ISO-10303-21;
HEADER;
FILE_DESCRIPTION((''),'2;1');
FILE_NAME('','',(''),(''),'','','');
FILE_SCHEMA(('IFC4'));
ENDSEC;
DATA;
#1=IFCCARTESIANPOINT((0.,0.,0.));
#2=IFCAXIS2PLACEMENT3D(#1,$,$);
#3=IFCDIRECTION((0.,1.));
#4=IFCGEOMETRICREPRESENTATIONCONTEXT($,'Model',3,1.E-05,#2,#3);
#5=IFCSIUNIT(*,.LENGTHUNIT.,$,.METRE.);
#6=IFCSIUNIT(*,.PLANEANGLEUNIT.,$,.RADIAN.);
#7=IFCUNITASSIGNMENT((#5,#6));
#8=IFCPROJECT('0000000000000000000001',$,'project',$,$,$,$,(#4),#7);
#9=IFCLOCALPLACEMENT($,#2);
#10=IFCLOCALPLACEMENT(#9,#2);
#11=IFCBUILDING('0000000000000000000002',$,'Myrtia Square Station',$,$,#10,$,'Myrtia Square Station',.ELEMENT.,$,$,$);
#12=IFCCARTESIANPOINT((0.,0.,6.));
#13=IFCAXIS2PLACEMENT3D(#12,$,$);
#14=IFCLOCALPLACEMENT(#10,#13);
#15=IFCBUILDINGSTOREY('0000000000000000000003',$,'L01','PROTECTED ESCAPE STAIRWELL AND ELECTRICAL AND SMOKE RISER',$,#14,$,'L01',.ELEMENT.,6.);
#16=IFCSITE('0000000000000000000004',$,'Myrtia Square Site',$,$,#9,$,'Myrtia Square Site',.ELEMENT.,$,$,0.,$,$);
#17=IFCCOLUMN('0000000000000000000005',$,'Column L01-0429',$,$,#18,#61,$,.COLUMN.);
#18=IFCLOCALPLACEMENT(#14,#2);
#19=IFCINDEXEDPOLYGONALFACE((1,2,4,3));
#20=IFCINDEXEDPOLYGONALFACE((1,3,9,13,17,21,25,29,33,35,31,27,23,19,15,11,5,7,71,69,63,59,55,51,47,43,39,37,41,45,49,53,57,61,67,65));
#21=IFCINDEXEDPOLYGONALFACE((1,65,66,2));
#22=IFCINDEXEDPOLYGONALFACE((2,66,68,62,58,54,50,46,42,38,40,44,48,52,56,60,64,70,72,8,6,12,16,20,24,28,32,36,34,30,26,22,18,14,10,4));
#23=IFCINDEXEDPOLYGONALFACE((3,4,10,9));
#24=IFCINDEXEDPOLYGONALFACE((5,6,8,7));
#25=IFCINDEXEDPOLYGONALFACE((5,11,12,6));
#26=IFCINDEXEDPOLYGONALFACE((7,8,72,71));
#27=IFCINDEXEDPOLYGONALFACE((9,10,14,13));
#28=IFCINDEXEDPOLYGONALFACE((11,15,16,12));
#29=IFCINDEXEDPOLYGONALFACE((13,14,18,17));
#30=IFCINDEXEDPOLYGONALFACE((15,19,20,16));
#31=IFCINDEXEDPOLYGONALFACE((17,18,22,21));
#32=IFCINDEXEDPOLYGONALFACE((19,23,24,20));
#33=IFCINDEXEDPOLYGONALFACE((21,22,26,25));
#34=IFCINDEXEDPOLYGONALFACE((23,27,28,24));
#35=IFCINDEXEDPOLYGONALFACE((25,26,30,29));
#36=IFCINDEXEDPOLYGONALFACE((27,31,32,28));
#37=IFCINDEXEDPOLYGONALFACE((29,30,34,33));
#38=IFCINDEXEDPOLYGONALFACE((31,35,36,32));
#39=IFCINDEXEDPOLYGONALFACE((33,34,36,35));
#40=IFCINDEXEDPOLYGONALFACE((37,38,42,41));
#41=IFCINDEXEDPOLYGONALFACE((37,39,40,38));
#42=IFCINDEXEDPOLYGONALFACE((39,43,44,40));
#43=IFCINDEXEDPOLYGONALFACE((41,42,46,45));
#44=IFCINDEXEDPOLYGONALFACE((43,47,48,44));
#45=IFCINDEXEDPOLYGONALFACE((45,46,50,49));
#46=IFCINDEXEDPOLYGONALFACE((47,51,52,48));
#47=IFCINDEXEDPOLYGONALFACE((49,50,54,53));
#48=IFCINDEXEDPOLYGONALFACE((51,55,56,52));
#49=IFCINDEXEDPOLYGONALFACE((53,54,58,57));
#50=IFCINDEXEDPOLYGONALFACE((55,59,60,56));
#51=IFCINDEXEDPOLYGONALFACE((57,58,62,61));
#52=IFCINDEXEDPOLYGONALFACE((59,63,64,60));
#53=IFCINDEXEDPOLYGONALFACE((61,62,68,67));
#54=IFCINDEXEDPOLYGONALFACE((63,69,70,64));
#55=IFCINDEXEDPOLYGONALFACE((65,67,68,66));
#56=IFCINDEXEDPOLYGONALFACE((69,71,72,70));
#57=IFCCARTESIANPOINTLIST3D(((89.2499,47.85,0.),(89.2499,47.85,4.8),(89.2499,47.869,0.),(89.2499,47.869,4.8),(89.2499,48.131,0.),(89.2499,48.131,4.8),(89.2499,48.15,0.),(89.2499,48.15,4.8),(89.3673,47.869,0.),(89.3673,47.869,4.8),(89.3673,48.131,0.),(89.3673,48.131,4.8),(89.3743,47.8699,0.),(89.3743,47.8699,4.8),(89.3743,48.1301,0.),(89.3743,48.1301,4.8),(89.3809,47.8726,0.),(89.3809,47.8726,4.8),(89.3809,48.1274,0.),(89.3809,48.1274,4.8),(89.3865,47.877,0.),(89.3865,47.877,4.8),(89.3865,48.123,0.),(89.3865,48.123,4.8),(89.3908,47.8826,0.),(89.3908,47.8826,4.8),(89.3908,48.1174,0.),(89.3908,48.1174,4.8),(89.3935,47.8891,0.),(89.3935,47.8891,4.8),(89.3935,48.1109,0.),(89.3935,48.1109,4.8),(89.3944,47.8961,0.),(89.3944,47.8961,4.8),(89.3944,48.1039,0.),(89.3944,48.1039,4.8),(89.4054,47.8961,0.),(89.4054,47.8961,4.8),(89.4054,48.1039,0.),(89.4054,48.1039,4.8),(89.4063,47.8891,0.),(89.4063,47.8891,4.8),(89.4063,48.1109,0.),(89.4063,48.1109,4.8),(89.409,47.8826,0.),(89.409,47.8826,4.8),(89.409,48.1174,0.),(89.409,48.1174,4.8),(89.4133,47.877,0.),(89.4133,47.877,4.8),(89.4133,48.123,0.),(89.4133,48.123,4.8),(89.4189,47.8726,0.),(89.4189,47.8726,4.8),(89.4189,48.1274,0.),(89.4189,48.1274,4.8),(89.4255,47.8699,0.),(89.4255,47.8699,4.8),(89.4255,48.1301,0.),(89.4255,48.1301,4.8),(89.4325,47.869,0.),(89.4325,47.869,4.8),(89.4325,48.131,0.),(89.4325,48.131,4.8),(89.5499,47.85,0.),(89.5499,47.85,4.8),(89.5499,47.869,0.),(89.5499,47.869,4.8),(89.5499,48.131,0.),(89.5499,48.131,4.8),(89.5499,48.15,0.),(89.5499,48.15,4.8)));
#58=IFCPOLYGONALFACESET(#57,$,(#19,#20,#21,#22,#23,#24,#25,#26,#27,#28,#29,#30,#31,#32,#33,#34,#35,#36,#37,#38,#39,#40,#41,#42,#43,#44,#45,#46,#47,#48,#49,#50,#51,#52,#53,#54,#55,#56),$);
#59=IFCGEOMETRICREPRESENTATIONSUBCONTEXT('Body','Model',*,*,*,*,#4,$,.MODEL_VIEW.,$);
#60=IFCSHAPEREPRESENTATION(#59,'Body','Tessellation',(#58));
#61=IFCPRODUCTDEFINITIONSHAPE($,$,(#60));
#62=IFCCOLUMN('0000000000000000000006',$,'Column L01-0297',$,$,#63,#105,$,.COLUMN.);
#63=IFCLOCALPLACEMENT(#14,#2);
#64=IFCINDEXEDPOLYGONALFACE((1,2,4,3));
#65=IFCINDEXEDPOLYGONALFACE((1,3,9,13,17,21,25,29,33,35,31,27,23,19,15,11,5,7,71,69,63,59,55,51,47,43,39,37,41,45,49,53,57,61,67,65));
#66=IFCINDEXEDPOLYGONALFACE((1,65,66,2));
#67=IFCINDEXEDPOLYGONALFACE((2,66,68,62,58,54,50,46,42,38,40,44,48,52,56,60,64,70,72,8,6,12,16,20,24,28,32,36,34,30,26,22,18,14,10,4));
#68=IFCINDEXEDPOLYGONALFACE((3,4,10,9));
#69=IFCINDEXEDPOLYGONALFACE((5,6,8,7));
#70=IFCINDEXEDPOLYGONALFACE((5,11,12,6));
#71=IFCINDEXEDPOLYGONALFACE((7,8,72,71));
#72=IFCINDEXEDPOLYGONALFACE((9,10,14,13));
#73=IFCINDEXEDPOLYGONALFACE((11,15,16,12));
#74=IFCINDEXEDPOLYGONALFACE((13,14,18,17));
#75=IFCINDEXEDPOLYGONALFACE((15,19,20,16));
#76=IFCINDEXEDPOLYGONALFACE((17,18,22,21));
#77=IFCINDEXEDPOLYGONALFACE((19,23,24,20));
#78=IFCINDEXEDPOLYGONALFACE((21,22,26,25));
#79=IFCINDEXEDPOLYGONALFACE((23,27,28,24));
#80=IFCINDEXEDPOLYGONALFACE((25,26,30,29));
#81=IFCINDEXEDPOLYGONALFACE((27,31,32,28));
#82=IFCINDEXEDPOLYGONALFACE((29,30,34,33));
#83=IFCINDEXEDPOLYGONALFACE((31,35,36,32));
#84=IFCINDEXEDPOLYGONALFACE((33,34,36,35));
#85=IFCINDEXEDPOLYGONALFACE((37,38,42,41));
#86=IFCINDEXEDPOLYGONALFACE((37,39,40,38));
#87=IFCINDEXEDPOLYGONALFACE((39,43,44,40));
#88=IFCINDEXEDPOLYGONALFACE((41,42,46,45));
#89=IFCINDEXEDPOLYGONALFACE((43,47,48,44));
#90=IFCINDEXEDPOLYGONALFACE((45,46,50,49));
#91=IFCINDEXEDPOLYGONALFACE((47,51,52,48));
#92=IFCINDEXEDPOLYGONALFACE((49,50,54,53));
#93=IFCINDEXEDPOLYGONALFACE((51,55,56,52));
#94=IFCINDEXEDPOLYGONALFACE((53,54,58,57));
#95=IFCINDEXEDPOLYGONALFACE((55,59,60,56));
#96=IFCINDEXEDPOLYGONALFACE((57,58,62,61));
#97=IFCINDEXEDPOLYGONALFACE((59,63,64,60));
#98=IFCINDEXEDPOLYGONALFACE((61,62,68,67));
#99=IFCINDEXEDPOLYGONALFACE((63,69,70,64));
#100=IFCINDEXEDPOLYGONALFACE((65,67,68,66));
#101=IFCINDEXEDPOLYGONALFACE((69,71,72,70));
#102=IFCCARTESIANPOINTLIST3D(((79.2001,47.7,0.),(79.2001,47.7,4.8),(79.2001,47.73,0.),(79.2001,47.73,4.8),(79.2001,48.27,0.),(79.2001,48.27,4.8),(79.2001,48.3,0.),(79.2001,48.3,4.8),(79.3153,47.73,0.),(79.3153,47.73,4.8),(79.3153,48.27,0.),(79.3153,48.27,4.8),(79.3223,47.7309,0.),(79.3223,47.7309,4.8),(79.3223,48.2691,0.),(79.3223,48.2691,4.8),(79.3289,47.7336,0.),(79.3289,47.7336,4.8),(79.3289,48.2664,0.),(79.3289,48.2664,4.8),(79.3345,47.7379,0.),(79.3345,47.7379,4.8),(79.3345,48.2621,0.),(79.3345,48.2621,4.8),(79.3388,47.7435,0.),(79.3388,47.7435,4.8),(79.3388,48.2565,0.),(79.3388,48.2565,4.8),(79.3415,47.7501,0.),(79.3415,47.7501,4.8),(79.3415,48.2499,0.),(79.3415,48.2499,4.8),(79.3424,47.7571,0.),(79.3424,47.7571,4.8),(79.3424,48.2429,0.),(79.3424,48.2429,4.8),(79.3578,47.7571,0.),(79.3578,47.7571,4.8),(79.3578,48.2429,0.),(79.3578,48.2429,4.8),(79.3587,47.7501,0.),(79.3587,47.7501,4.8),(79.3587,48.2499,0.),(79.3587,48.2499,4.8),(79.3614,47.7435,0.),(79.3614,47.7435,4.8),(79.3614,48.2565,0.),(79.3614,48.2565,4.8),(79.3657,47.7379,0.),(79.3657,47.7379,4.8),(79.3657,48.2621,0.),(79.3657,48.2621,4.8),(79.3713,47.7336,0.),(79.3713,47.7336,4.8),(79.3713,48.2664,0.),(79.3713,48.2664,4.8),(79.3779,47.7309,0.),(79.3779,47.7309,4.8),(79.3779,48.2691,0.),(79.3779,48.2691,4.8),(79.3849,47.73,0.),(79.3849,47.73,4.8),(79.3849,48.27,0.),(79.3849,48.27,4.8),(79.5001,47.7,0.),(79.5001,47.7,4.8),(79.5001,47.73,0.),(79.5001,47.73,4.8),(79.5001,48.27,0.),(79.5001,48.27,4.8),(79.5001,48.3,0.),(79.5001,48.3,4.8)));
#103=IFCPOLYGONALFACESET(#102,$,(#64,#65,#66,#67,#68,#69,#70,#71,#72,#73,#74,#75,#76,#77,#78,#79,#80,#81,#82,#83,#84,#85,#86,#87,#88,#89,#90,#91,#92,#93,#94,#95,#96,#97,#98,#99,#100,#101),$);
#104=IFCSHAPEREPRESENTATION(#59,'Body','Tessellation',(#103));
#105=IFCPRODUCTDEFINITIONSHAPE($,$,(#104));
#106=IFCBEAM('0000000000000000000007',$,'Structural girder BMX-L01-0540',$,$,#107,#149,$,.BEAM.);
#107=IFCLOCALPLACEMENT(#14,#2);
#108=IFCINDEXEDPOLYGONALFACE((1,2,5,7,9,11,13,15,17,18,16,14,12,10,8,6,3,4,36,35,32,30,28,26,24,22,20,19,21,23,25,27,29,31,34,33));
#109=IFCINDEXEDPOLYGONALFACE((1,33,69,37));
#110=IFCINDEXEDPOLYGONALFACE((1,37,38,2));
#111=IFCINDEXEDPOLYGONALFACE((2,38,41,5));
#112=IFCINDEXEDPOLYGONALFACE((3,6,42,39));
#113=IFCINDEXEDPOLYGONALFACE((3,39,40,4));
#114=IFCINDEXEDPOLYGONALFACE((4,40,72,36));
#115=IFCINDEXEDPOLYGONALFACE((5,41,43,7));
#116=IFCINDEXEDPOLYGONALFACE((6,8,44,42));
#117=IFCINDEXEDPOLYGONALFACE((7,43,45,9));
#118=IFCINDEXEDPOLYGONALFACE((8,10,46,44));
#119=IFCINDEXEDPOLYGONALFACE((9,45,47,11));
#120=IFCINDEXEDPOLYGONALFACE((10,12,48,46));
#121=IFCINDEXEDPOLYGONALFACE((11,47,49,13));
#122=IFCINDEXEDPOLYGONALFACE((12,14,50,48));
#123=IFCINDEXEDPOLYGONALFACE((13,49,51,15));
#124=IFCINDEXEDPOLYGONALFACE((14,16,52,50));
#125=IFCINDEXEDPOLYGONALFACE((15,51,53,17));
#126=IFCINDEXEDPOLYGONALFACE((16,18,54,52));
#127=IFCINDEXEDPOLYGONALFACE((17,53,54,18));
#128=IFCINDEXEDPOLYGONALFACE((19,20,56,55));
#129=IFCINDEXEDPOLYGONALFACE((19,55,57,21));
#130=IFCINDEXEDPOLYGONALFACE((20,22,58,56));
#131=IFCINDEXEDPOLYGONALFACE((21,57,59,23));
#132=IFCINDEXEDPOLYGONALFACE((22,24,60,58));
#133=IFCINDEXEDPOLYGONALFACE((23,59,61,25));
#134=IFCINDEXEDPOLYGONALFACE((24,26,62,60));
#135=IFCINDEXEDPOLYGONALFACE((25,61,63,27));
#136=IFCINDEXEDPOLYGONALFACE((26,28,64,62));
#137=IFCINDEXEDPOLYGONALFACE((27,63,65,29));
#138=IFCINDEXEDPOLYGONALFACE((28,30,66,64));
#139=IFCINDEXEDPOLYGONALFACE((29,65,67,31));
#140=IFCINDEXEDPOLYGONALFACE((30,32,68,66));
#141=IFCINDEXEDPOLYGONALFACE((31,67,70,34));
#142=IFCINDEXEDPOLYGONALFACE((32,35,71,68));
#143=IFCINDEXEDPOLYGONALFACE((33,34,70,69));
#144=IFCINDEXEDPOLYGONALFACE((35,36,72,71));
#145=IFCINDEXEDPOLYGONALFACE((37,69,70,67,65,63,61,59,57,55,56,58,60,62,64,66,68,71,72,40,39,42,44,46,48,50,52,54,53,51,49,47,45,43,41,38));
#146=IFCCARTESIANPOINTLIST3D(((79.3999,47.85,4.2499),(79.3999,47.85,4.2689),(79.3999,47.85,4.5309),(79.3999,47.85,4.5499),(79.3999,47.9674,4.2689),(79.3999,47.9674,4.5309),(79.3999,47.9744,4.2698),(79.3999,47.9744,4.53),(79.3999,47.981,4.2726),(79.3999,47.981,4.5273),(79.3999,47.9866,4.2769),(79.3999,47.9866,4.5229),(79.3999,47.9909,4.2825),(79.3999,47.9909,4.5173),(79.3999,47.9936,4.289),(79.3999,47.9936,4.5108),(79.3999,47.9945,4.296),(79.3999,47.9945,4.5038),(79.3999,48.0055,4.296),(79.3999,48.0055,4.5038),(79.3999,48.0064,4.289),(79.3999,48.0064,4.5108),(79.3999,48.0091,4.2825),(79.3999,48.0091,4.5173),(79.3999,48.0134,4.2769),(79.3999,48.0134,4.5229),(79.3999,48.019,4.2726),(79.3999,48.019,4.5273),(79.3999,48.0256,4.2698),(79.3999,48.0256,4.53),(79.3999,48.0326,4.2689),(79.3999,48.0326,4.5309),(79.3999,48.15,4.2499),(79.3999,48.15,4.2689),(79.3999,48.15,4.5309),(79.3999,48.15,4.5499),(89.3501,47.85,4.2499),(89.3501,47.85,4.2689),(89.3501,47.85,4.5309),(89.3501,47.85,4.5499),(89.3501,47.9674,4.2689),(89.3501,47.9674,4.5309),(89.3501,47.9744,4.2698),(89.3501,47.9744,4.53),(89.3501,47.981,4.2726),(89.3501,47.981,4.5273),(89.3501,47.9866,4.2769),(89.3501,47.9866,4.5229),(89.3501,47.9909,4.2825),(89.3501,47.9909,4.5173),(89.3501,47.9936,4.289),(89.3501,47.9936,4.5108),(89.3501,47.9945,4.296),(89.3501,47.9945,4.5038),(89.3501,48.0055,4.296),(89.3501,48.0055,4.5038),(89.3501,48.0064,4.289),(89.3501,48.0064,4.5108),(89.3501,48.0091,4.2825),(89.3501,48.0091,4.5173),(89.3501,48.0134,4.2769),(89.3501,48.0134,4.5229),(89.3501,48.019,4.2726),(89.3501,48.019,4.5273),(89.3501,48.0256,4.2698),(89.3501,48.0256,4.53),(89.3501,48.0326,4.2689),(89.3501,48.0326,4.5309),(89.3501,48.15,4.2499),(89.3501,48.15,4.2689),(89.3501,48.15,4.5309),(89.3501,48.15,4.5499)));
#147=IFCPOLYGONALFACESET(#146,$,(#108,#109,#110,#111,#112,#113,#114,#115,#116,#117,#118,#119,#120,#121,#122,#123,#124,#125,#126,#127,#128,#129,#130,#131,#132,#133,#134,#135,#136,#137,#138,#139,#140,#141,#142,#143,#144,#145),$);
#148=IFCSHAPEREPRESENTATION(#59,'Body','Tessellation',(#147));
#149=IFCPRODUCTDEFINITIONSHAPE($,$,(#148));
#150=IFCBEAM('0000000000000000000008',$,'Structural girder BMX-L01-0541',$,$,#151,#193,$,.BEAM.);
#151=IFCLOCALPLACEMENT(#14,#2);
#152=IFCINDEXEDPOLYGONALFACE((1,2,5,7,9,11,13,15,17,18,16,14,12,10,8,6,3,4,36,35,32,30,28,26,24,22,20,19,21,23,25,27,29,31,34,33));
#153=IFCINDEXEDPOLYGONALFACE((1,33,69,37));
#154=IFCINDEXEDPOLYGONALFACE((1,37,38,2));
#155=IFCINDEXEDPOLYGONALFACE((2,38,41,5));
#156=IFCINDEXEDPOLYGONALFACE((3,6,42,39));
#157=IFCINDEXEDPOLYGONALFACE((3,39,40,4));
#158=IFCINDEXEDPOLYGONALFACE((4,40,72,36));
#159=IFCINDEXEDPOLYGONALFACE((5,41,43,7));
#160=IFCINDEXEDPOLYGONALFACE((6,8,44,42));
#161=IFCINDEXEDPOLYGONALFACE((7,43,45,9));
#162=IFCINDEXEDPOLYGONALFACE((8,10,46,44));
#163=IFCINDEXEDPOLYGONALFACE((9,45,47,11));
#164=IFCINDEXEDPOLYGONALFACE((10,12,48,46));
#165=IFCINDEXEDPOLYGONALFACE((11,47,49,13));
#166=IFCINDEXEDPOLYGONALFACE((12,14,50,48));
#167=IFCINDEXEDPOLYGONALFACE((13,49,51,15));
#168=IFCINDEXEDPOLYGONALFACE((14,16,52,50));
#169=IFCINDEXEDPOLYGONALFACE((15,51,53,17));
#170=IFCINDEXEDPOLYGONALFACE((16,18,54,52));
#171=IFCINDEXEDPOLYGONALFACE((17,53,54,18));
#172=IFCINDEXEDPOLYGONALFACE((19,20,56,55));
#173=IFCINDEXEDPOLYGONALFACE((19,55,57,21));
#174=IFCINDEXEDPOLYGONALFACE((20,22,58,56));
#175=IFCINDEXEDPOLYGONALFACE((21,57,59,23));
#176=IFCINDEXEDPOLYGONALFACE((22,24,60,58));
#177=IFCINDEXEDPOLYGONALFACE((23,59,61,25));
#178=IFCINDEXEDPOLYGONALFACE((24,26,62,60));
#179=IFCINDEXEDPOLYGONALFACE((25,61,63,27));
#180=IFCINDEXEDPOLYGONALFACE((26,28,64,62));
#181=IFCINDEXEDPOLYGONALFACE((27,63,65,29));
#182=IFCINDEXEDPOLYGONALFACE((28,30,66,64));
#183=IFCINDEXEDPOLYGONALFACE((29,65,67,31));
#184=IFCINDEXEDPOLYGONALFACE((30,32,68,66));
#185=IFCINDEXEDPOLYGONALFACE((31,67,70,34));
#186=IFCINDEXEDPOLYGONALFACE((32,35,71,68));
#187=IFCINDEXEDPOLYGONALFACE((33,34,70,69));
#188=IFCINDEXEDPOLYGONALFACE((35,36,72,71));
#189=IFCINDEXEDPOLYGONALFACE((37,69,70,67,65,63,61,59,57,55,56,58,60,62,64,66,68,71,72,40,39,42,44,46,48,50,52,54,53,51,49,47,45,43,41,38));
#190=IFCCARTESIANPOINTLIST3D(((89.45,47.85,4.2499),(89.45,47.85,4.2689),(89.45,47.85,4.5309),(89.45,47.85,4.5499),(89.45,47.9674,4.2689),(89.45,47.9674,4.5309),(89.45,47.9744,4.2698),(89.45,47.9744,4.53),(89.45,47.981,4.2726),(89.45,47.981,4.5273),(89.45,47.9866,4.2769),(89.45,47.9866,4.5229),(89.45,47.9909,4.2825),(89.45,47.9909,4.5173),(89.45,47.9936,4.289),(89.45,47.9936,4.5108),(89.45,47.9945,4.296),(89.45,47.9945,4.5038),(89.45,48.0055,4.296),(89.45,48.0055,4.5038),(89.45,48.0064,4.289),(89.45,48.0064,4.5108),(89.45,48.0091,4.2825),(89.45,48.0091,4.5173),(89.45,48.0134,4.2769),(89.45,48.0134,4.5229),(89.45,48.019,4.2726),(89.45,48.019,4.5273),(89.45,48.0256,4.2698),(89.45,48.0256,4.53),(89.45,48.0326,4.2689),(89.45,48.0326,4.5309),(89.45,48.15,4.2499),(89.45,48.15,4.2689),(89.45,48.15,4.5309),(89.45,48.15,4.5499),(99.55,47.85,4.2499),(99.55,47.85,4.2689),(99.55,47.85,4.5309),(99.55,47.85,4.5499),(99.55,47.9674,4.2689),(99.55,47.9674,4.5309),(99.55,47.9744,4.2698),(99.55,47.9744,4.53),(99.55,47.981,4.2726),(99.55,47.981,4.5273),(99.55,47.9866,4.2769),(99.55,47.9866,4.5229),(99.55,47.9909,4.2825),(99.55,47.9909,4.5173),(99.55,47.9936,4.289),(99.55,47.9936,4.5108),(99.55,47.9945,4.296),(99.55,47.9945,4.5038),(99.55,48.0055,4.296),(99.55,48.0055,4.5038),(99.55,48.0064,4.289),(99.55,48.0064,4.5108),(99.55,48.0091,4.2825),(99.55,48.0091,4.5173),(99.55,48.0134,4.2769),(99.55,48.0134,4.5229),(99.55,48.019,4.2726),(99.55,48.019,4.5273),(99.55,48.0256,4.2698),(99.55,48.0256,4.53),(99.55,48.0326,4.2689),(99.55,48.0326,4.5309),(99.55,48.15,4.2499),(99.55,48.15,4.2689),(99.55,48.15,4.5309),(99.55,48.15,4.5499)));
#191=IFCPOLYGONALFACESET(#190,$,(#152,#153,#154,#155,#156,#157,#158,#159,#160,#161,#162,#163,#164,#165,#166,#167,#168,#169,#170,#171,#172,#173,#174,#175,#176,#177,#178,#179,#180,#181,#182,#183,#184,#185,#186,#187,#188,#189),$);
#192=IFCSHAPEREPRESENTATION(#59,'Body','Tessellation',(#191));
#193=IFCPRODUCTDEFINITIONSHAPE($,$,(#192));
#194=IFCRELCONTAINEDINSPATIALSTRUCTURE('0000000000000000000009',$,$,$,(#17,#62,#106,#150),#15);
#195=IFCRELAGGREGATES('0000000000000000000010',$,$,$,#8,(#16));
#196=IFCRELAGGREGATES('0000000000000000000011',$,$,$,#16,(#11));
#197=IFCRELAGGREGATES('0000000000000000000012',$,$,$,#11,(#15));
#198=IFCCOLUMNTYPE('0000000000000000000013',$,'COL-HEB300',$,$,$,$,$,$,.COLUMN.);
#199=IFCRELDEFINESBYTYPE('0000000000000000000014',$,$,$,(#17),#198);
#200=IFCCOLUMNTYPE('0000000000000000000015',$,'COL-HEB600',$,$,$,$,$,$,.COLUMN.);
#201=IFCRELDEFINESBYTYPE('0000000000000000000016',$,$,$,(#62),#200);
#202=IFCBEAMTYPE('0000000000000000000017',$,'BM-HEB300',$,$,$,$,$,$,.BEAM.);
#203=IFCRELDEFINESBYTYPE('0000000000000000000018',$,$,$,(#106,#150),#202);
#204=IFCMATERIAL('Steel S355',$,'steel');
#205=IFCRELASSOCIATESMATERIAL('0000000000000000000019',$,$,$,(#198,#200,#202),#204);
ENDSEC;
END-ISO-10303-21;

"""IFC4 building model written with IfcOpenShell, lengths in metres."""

from ifc_helpers import new_model, si_unit, direction, frame, origin, origin_2d, place, context, subcontext, project, spatial, i_section, extrude, material, material_profile, profile_set, type_object, element, save


model = new_model("IFC4")

# Units and contexts
model_context = context("Model", 3, precision=1e-05, world=origin(), true_north=direction((0.0, 1.0)))
body_context = subcontext(model_context, "Body", "Model", "MODEL_VIEW")
ifc_project = project(units=[si_unit("LENGTHUNIT", "METRE"), si_unit("PLANEANGLEUNIT", "RADIAN")], contexts=[model_context])

# Site, building, storey
site_placement = place(None, origin())
site = spatial("IfcSite", under=ifc_project, at=site_placement, Name="Myrtia Square Site", LongName="Myrtia Square Site", CompositionType="ELEMENT", RefElevation=0.0)
building_placement = place(site_placement, origin())
building = spatial("IfcBuilding", under=site, at=building_placement, Name="Myrtia Square Station", LongName="Myrtia Square Station", CompositionType="ELEMENT")
storey_placement = place(building_placement, frame((0.0, 0.0, 6.0)))
storey = spatial("IfcBuildingStorey", under=building, at=storey_placement, Name="L01", Description="PROTECTED ESCAPE STAIRWELL AND ELECTRICAL AND SMOKE RISER", LongName="L01", CompositionType="ELEMENT", Elevation=6.0)

# Columns
ifc_material_1 = material(Name="Steel S355", Category="steel")
ifc_material_profile_1 = material_profile(ifc_material_1, i_section(OverallWidth=0.3, OverallDepth=0.3, WebThickness=0.011, FlangeThickness=0.019, FilletRadius=0.0271, at=origin_2d()), Name="HEB 300")
ifc_profile_set_1 = profile_set([ifc_material_profile_1], Name="Steel S355")
column_type_1 = type_object("IfcColumnType", Name="COL-HEB300", PredefinedType="COLUMN", material=ifc_profile_set_1)
column_1_placement = place(storey_placement, frame((89.3999, 48.0, 0.0), z_axis=(0.0, 0.0, 1.0), x_axis=(1.0, 0.0, 0.0)))
element("IfcColumn", 1, at=column_1_placement, inside=storey, type_object=column_type_1, Name="Column L01-0429", PredefinedType="COLUMN", context=body_context, shape_type="SweptSolid", body=[
    extrude(i_section(OverallWidth=0.3, OverallDepth=0.3, WebThickness=0.011, FlangeThickness=0.019, FilletRadius=0.0271, at=origin_2d()), origin(), (0.0, 0.0, 1.0), 4.8),
])
ifc_material_profile_2 = material_profile(ifc_material_1, i_section(OverallWidth=0.3, OverallDepth=0.6001, WebThickness=0.0154, FlangeThickness=0.03, FilletRadius=0.0271, at=origin_2d()), Name="HEB 600")
ifc_profile_set_2 = profile_set([ifc_material_profile_2], Name="Steel S355")
column_type_2 = type_object("IfcColumnType", Name="COL-HEB600", PredefinedType="COLUMN", material=ifc_profile_set_2)
column_2_placement = place(storey_placement, frame((79.3501, 48.0, 0.0), z_axis=(0.0, 0.0, 1.0), x_axis=(1.0, 0.0, 0.0)))
element("IfcColumn", 2, at=column_2_placement, inside=storey, type_object=column_type_2, Name="Column L01-0297", PredefinedType="COLUMN", context=body_context, shape_type="SweptSolid", body=[
    extrude(i_section(OverallWidth=0.3, OverallDepth=0.6001, WebThickness=0.0154, FlangeThickness=0.03, FilletRadius=0.0271, at=origin_2d()), origin(), (0.0, 0.0, 1.0), 4.8),
])

# Beams
ifc_material_profile_3 = material_profile(ifc_material_1, i_section(OverallWidth=0.3, OverallDepth=0.3, WebThickness=0.011, FlangeThickness=0.019, FilletRadius=0.0271, at=origin_2d()), Name="HEB 300")
ifc_profile_set_3 = profile_set([ifc_material_profile_3], Name="Steel S355")
beam_type = type_object("IfcBeamType", Name="BM-HEB300", PredefinedType="BEAM", material=ifc_profile_set_3)
beam_1_placement = place(storey_placement, frame((79.3999, 48.0, 4.3999), z_axis=(1.0, 0.0, 0.0), x_axis=(0.0, 1.0, 0.0)))
element("IfcBeam", 3, at=beam_1_placement, inside=storey, type_object=beam_type, Name="Structural girder BMX-L01-0540", PredefinedType="BEAM", context=body_context, shape_type="SweptSolid", body=[
    extrude(i_section(OverallWidth=0.3, OverallDepth=0.3, WebThickness=0.011, FlangeThickness=0.019, FilletRadius=0.0271, at=origin_2d()), origin(), (0.0, 0.0, 1.0), 9.9502),
])
beam_2_placement = place(storey_placement, frame((89.45, 48.0, 4.3999), z_axis=(1.0, 0.0, 0.0), x_axis=(0.0, 1.0, 0.0)))
element("IfcBeam", 4, at=beam_2_placement, inside=storey, type_object=beam_type, Name="Structural girder BMX-L01-0541", PredefinedType="BEAM", context=body_context, shape_type="SweptSolid", body=[
    extrude(i_section(OverallWidth=0.3, OverallDepth=0.3, WebThickness=0.011, FlangeThickness=0.019, FilletRadius=0.0271, at=origin_2d()), origin(), (0.0, 0.0, 1.0), 10.1001),
])

save(model, "model.ifc")
